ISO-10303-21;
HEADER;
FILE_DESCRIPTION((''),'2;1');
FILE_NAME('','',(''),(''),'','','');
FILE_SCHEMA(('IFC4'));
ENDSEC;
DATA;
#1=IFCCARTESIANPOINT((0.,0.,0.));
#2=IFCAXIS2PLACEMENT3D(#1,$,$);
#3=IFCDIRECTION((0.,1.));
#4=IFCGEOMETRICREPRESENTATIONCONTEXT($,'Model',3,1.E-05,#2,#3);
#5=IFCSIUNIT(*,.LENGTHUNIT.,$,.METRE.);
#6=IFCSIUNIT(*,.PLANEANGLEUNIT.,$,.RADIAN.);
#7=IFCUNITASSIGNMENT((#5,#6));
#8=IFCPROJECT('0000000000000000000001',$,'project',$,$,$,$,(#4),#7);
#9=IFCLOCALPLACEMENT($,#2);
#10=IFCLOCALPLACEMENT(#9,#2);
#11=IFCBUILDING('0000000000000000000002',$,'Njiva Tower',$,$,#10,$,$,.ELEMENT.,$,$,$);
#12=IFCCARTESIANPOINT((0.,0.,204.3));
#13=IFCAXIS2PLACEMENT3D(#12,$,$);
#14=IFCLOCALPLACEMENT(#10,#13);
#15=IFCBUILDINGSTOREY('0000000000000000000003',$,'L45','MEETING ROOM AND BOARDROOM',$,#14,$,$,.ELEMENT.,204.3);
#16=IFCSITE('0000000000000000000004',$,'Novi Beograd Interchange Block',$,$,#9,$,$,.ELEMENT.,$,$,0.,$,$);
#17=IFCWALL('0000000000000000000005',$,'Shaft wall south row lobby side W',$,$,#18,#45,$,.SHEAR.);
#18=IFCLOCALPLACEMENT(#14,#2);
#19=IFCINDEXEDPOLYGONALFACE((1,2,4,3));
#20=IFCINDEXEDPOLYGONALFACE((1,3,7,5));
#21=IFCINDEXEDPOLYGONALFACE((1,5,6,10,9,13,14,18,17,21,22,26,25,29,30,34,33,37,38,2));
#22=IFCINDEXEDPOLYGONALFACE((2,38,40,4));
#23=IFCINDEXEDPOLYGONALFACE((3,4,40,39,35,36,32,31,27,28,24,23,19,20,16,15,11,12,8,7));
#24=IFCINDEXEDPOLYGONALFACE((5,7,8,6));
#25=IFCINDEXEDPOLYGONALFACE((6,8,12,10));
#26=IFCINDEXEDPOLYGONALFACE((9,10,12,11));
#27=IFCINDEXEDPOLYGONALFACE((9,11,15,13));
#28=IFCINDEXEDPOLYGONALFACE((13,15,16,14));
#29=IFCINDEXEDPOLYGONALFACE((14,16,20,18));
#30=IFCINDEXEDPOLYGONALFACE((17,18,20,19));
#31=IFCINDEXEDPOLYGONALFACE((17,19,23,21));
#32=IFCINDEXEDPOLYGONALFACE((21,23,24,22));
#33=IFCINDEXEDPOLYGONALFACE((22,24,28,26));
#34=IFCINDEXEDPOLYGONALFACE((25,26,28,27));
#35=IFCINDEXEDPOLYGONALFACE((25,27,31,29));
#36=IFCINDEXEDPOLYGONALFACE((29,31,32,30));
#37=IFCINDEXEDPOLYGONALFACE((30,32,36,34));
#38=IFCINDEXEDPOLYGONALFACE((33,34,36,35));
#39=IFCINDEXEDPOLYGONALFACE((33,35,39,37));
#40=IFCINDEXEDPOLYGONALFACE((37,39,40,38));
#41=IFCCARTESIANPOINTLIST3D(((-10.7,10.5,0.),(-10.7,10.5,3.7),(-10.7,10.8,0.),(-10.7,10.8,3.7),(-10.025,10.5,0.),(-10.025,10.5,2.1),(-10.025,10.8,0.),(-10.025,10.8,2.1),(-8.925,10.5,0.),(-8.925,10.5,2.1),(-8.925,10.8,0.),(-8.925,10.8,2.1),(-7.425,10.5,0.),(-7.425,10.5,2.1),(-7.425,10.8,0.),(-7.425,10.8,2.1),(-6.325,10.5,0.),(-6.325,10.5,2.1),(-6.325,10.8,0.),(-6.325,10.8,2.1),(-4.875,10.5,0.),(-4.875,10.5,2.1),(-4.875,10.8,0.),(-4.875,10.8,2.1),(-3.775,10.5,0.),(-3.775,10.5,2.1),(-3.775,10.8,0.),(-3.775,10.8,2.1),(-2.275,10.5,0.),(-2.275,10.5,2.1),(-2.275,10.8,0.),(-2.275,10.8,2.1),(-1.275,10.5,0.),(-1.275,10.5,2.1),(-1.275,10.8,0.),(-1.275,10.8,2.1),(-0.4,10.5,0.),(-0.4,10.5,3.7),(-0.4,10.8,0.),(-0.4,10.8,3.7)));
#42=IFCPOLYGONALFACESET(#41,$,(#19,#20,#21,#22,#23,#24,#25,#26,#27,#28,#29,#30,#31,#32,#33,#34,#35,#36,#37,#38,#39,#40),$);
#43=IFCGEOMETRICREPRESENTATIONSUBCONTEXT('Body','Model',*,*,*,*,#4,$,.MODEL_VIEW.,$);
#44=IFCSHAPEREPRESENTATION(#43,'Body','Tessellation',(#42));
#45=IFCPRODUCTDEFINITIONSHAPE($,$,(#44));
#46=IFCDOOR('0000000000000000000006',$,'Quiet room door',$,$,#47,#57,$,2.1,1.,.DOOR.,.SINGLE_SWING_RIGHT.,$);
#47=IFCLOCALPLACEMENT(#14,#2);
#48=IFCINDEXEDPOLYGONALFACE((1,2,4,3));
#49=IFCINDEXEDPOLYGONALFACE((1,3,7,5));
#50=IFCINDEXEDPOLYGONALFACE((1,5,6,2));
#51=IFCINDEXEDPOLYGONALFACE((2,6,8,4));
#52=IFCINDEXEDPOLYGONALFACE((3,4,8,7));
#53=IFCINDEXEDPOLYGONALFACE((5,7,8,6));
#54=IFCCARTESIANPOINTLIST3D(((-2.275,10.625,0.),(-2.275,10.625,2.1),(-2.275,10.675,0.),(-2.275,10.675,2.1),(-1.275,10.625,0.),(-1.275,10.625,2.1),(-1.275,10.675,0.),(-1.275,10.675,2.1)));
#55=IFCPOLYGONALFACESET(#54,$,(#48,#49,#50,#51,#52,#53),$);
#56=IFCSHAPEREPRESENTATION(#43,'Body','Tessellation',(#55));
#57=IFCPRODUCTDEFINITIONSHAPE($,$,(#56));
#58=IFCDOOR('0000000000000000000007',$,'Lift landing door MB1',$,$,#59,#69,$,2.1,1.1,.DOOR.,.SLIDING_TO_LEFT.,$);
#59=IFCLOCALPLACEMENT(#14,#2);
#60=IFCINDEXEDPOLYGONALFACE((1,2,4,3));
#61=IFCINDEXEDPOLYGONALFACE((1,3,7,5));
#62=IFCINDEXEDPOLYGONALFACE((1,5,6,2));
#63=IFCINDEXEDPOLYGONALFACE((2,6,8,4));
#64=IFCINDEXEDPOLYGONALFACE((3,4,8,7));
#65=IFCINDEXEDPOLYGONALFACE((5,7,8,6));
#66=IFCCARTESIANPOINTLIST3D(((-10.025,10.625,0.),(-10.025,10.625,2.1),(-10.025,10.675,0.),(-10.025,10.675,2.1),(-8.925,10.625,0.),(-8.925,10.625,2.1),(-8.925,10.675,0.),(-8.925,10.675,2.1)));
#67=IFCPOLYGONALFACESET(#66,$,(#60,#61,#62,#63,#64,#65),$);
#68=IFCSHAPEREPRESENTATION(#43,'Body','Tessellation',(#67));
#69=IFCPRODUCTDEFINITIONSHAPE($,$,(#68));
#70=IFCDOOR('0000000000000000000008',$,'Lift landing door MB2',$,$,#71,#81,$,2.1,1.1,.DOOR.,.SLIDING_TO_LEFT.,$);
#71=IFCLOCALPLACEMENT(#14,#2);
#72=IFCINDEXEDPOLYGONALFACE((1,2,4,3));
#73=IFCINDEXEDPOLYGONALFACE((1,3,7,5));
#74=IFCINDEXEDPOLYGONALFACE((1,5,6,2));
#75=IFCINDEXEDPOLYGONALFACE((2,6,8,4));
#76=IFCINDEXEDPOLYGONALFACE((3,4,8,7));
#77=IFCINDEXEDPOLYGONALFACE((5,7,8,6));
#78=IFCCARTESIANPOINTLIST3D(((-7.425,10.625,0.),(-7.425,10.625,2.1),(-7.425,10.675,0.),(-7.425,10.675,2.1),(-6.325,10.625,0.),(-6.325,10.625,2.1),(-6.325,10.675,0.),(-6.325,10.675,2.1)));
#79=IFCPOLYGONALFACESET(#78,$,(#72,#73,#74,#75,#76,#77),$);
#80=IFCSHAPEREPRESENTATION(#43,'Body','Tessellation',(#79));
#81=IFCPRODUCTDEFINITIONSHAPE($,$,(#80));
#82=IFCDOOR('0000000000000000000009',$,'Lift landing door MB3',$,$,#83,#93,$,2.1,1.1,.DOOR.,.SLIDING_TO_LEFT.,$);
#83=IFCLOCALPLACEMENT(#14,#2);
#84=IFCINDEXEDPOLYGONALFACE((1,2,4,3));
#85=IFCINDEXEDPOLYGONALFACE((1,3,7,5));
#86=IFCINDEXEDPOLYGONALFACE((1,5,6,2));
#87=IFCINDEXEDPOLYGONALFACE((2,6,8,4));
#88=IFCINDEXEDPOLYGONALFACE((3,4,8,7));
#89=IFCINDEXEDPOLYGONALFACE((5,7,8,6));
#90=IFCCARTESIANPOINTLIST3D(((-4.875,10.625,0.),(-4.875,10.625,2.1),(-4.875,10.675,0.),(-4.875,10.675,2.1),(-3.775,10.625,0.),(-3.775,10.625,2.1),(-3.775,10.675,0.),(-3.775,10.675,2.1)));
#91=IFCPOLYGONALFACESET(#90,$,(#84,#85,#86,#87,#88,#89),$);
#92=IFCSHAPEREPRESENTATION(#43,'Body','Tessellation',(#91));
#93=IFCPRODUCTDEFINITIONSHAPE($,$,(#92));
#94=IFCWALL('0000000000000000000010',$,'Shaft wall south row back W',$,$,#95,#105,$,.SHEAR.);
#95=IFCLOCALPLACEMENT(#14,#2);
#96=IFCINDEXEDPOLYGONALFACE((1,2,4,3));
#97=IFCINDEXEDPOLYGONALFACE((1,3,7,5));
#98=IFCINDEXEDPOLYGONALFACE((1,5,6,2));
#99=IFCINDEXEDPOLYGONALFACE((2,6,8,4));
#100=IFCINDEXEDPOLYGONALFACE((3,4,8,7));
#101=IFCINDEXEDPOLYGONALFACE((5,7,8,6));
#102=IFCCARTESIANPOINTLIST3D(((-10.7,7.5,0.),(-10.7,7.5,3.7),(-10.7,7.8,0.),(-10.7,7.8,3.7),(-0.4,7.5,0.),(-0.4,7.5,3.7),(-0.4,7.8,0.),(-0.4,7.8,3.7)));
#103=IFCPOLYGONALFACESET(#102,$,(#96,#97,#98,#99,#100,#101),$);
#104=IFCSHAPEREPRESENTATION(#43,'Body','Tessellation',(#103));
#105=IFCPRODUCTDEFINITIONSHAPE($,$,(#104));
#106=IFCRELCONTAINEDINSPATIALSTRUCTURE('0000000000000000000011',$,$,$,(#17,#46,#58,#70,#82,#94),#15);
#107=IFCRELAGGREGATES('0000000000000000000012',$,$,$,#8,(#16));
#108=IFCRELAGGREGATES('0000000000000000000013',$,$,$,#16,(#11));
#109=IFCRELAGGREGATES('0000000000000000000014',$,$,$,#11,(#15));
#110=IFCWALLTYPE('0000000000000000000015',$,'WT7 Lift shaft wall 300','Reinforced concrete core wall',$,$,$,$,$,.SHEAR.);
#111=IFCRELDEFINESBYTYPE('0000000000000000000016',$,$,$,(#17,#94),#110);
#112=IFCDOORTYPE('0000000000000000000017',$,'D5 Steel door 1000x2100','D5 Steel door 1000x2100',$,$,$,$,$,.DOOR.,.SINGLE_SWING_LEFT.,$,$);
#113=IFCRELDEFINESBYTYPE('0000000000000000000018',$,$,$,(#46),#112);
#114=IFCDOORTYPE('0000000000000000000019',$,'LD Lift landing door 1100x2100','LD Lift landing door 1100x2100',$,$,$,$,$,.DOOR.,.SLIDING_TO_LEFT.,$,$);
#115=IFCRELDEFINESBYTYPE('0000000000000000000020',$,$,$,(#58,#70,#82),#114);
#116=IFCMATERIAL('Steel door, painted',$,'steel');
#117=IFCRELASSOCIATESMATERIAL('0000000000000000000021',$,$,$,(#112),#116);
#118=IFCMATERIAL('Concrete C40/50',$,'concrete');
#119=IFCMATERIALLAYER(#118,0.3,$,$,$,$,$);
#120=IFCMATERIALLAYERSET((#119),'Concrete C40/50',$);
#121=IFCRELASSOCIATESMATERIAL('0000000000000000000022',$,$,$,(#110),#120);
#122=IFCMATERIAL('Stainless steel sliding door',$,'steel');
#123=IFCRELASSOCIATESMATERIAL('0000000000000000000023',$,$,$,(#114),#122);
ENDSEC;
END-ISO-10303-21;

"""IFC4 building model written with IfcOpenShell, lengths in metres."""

from ifc_helpers import new_model, si_unit, direction, frame, frame_2d, origin, place, context, subcontext, project, spatial, rectangle, extrude, material, layer, layer_set, type_object, element, fill, save


model = new_model("IFC4")

# Units and contexts
model_context = context("Model", 3, precision=1e-05, world=origin(), true_north=direction((0.0, 1.0)))
body_context = subcontext(model_context, "Body", "Model", "MODEL_VIEW")
ifc_project = project(units=[si_unit("LENGTHUNIT", "METRE"), si_unit("PLANEANGLEUNIT", "RADIAN")], contexts=[model_context])

# Site, building, storey
site_placement = place(None, origin())
site = spatial("IfcSite", under=ifc_project, at=site_placement, Name="Novi Beograd Interchange Block", CompositionType="ELEMENT", RefElevation=0.0)
building_placement = place(site_placement, origin())
building = spatial("IfcBuilding", under=site, at=building_placement, Name="Njiva Tower", CompositionType="ELEMENT")
storey_placement = place(building_placement, frame((0.0, 0.0, 204.3)))
storey = spatial("IfcBuildingStorey", under=building, at=storey_placement, Name="L45", Description="MEETING ROOM AND BOARDROOM", CompositionType="ELEMENT", Elevation=204.3)

# Shared definitions
ifc_material_1 = material(Name="Concrete C40/50", Category="concrete")
ifc_material_2 = material(Name="Steel door, painted", Category="steel")
door_type_1 = type_object("IfcDoorType", Name="D5 Steel door 1000x2100", Description="D5 Steel door 1000x2100", OperationType="SINGLE_SWING_LEFT", PredefinedType="DOOR", material=ifc_material_2)

# Wall, openings, doors
ifc_layer_1 = layer(ifc_material_1, 0.3)
ifc_layer_set_1 = layer_set([ifc_layer_1], Name="Concrete C40/50")
wall_type_1 = type_object("IfcWallType", Name="WT7 Lift shaft wall 300", Description="Reinforced concrete core wall", PredefinedType="SHEAR", material=ifc_layer_set_1)
wall_1_placement = place(storey_placement, frame((-10.7, 10.65, 0.0), z_axis=(0.0, 0.0, 1.0), x_axis=(1.0, 0.0, 0.0)))
wall_1 = element("IfcWall", 1, at=wall_1_placement, inside=storey, type_object=wall_type_1, Name="Shaft wall south row lobby side W", PredefinedType="SHEAR", context=body_context, shape_type="SweptSolid", body=[
    extrude(rectangle(XDim=10.3, YDim=0.3, at=frame_2d((5.15, 0.0))), origin(), (0.0, 0.0, 1.0), 3.7),
])
opening_1_placement = place(wall_1_placement, frame((0.675, 0.0, 0.0)))
opening_1 = element("IfcOpeningElement", 2, at=opening_1_placement, cuts=wall_1, PredefinedType="OPENING", context=body_context, shape_type="SweptSolid", body=[
    extrude(rectangle(XDim=1.1, YDim=2.1, at=frame_2d((0.55, 1.05))), frame((0.0, 0.16, 0.0), z_axis=(0.0, -1.0, 0.0), x_axis=(1.0, 0.0, 0.0)), (0.0, 0.0, 1.0), 0.32),
])
opening_2_placement = place(wall_1_placement, frame((3.275, 0.0, 0.0)))
opening_2 = element("IfcOpeningElement", 3, at=opening_2_placement, cuts=wall_1, PredefinedType="OPENING", context=body_context, shape_type="SweptSolid", body=[
    extrude(rectangle(XDim=1.1, YDim=2.1, at=frame_2d((0.55, 1.05))), frame((0.0, 0.16, 0.0), z_axis=(0.0, -1.0, 0.0), x_axis=(1.0, 0.0, 0.0)), (0.0, 0.0, 1.0), 0.32),
])
opening_3_placement = place(wall_1_placement, frame((5.825, 0.0, 0.0)))
opening_3 = element("IfcOpeningElement", 4, at=opening_3_placement, cuts=wall_1, PredefinedType="OPENING", context=body_context, shape_type="SweptSolid", body=[
    extrude(rectangle(XDim=1.1, YDim=2.1, at=frame_2d((0.55, 1.05))), frame((0.0, 0.16, 0.0), z_axis=(0.0, -1.0, 0.0), x_axis=(1.0, 0.0, 0.0)), (0.0, 0.0, 1.0), 0.32),
])
opening_4_placement = place(wall_1_placement, frame((8.425, 0.0, 0.0)))
opening_4 = element("IfcOpeningElement", 5, at=opening_4_placement, cuts=wall_1, PredefinedType="OPENING", context=body_context, shape_type="SweptSolid", body=[
    extrude(rectangle(XDim=1.0, YDim=2.1, at=frame_2d((0.5, 1.05))), frame((0.0, 0.16, 0.0), z_axis=(0.0, -1.0, 0.0), x_axis=(1.0, 0.0, 0.0)), (0.0, 0.0, 1.0), 0.32),
])
door_1_placement = place(opening_4_placement, origin())
door_1 = element("IfcDoor", 6, at=door_1_placement, inside=storey, type_object=door_type_1, Name="Quiet room door", OperationType="SINGLE_SWING_RIGHT", OverallHeight=2.1, OverallWidth=1.0, PredefinedType="DOOR", context=body_context, shape_type="SweptSolid", body=[
    extrude(rectangle(XDim=1.0, YDim=2.1, at=frame_2d((0.5, 1.05))), frame((0.0, 0.025, 0.0), z_axis=(0.0, -1.0, 0.0), x_axis=(1.0, 0.0, 0.0)), (0.0, 0.0, 1.0), 0.05),
])
fill(opening_4, door_1)
ifc_material_3 = material(Name="Stainless steel sliding door", Category="steel")
door_type_2 = type_object("IfcDoorType", Name="LD Lift landing door 1100x2100", Description="LD Lift landing door 1100x2100", OperationType="SLIDING_TO_LEFT", PredefinedType="DOOR", material=ifc_material_3)
door_2_placement = place(opening_1_placement, origin())
door_2 = element("IfcDoor", 7, at=door_2_placement, inside=storey, type_object=door_type_2, Name="Lift landing door MB1", OperationType="SLIDING_TO_LEFT", OverallHeight=2.1, OverallWidth=1.1, PredefinedType="DOOR", context=body_context, shape_type="SweptSolid", body=[
    extrude(rectangle(XDim=1.1, YDim=2.1, at=frame_2d((0.55, 1.05))), frame((0.0, 0.025, 0.0), z_axis=(0.0, -1.0, 0.0), x_axis=(1.0, 0.0, 0.0)), (0.0, 0.0, 1.0), 0.05),
])
fill(opening_1, door_2)
door_3_placement = place(opening_2_placement, origin())
door_3 = element("IfcDoor", 8, at=door_3_placement, inside=storey, type_object=door_type_2, Name="Lift landing door MB2", OperationType="SLIDING_TO_LEFT", OverallHeight=2.1, OverallWidth=1.1, PredefinedType="DOOR", context=body_context, shape_type="SweptSolid", body=[
    extrude(rectangle(XDim=1.1, YDim=2.1, at=frame_2d((0.55, 1.05))), frame((0.0, 0.025, 0.0), z_axis=(0.0, -1.0, 0.0), x_axis=(1.0, 0.0, 0.0)), (0.0, 0.0, 1.0), 0.05),
])
fill(opening_2, door_3)
door_4_placement = place(opening_3_placement, origin())
door_4 = element("IfcDoor", 9, at=door_4_placement, inside=storey, type_object=door_type_2, Name="Lift landing door MB3", OperationType="SLIDING_TO_LEFT", OverallHeight=2.1, OverallWidth=1.1, PredefinedType="DOOR", context=body_context, shape_type="SweptSolid", body=[
    extrude(rectangle(XDim=1.1, YDim=2.1, at=frame_2d((0.55, 1.05))), frame((0.0, 0.025, 0.0), z_axis=(0.0, -1.0, 0.0), x_axis=(1.0, 0.0, 0.0)), (0.0, 0.0, 1.0), 0.05),
])
fill(opening_3, door_4)

# Wall
wall_2_placement = place(storey_placement, frame((-10.7, 7.65, 0.0), z_axis=(0.0, 0.0, 1.0), x_axis=(1.0, 0.0, 0.0)))
element("IfcWall", 10, at=wall_2_placement, inside=storey, type_object=wall_type_1, Name="Shaft wall south row back W", PredefinedType="SHEAR", context=body_context, shape_type="SweptSolid", body=[
    extrude(rectangle(XDim=10.3, YDim=0.3, at=frame_2d((5.15, 0.0))), origin(), (0.0, 0.0, 1.0), 3.7),
])

save(model, "model.ifc")
